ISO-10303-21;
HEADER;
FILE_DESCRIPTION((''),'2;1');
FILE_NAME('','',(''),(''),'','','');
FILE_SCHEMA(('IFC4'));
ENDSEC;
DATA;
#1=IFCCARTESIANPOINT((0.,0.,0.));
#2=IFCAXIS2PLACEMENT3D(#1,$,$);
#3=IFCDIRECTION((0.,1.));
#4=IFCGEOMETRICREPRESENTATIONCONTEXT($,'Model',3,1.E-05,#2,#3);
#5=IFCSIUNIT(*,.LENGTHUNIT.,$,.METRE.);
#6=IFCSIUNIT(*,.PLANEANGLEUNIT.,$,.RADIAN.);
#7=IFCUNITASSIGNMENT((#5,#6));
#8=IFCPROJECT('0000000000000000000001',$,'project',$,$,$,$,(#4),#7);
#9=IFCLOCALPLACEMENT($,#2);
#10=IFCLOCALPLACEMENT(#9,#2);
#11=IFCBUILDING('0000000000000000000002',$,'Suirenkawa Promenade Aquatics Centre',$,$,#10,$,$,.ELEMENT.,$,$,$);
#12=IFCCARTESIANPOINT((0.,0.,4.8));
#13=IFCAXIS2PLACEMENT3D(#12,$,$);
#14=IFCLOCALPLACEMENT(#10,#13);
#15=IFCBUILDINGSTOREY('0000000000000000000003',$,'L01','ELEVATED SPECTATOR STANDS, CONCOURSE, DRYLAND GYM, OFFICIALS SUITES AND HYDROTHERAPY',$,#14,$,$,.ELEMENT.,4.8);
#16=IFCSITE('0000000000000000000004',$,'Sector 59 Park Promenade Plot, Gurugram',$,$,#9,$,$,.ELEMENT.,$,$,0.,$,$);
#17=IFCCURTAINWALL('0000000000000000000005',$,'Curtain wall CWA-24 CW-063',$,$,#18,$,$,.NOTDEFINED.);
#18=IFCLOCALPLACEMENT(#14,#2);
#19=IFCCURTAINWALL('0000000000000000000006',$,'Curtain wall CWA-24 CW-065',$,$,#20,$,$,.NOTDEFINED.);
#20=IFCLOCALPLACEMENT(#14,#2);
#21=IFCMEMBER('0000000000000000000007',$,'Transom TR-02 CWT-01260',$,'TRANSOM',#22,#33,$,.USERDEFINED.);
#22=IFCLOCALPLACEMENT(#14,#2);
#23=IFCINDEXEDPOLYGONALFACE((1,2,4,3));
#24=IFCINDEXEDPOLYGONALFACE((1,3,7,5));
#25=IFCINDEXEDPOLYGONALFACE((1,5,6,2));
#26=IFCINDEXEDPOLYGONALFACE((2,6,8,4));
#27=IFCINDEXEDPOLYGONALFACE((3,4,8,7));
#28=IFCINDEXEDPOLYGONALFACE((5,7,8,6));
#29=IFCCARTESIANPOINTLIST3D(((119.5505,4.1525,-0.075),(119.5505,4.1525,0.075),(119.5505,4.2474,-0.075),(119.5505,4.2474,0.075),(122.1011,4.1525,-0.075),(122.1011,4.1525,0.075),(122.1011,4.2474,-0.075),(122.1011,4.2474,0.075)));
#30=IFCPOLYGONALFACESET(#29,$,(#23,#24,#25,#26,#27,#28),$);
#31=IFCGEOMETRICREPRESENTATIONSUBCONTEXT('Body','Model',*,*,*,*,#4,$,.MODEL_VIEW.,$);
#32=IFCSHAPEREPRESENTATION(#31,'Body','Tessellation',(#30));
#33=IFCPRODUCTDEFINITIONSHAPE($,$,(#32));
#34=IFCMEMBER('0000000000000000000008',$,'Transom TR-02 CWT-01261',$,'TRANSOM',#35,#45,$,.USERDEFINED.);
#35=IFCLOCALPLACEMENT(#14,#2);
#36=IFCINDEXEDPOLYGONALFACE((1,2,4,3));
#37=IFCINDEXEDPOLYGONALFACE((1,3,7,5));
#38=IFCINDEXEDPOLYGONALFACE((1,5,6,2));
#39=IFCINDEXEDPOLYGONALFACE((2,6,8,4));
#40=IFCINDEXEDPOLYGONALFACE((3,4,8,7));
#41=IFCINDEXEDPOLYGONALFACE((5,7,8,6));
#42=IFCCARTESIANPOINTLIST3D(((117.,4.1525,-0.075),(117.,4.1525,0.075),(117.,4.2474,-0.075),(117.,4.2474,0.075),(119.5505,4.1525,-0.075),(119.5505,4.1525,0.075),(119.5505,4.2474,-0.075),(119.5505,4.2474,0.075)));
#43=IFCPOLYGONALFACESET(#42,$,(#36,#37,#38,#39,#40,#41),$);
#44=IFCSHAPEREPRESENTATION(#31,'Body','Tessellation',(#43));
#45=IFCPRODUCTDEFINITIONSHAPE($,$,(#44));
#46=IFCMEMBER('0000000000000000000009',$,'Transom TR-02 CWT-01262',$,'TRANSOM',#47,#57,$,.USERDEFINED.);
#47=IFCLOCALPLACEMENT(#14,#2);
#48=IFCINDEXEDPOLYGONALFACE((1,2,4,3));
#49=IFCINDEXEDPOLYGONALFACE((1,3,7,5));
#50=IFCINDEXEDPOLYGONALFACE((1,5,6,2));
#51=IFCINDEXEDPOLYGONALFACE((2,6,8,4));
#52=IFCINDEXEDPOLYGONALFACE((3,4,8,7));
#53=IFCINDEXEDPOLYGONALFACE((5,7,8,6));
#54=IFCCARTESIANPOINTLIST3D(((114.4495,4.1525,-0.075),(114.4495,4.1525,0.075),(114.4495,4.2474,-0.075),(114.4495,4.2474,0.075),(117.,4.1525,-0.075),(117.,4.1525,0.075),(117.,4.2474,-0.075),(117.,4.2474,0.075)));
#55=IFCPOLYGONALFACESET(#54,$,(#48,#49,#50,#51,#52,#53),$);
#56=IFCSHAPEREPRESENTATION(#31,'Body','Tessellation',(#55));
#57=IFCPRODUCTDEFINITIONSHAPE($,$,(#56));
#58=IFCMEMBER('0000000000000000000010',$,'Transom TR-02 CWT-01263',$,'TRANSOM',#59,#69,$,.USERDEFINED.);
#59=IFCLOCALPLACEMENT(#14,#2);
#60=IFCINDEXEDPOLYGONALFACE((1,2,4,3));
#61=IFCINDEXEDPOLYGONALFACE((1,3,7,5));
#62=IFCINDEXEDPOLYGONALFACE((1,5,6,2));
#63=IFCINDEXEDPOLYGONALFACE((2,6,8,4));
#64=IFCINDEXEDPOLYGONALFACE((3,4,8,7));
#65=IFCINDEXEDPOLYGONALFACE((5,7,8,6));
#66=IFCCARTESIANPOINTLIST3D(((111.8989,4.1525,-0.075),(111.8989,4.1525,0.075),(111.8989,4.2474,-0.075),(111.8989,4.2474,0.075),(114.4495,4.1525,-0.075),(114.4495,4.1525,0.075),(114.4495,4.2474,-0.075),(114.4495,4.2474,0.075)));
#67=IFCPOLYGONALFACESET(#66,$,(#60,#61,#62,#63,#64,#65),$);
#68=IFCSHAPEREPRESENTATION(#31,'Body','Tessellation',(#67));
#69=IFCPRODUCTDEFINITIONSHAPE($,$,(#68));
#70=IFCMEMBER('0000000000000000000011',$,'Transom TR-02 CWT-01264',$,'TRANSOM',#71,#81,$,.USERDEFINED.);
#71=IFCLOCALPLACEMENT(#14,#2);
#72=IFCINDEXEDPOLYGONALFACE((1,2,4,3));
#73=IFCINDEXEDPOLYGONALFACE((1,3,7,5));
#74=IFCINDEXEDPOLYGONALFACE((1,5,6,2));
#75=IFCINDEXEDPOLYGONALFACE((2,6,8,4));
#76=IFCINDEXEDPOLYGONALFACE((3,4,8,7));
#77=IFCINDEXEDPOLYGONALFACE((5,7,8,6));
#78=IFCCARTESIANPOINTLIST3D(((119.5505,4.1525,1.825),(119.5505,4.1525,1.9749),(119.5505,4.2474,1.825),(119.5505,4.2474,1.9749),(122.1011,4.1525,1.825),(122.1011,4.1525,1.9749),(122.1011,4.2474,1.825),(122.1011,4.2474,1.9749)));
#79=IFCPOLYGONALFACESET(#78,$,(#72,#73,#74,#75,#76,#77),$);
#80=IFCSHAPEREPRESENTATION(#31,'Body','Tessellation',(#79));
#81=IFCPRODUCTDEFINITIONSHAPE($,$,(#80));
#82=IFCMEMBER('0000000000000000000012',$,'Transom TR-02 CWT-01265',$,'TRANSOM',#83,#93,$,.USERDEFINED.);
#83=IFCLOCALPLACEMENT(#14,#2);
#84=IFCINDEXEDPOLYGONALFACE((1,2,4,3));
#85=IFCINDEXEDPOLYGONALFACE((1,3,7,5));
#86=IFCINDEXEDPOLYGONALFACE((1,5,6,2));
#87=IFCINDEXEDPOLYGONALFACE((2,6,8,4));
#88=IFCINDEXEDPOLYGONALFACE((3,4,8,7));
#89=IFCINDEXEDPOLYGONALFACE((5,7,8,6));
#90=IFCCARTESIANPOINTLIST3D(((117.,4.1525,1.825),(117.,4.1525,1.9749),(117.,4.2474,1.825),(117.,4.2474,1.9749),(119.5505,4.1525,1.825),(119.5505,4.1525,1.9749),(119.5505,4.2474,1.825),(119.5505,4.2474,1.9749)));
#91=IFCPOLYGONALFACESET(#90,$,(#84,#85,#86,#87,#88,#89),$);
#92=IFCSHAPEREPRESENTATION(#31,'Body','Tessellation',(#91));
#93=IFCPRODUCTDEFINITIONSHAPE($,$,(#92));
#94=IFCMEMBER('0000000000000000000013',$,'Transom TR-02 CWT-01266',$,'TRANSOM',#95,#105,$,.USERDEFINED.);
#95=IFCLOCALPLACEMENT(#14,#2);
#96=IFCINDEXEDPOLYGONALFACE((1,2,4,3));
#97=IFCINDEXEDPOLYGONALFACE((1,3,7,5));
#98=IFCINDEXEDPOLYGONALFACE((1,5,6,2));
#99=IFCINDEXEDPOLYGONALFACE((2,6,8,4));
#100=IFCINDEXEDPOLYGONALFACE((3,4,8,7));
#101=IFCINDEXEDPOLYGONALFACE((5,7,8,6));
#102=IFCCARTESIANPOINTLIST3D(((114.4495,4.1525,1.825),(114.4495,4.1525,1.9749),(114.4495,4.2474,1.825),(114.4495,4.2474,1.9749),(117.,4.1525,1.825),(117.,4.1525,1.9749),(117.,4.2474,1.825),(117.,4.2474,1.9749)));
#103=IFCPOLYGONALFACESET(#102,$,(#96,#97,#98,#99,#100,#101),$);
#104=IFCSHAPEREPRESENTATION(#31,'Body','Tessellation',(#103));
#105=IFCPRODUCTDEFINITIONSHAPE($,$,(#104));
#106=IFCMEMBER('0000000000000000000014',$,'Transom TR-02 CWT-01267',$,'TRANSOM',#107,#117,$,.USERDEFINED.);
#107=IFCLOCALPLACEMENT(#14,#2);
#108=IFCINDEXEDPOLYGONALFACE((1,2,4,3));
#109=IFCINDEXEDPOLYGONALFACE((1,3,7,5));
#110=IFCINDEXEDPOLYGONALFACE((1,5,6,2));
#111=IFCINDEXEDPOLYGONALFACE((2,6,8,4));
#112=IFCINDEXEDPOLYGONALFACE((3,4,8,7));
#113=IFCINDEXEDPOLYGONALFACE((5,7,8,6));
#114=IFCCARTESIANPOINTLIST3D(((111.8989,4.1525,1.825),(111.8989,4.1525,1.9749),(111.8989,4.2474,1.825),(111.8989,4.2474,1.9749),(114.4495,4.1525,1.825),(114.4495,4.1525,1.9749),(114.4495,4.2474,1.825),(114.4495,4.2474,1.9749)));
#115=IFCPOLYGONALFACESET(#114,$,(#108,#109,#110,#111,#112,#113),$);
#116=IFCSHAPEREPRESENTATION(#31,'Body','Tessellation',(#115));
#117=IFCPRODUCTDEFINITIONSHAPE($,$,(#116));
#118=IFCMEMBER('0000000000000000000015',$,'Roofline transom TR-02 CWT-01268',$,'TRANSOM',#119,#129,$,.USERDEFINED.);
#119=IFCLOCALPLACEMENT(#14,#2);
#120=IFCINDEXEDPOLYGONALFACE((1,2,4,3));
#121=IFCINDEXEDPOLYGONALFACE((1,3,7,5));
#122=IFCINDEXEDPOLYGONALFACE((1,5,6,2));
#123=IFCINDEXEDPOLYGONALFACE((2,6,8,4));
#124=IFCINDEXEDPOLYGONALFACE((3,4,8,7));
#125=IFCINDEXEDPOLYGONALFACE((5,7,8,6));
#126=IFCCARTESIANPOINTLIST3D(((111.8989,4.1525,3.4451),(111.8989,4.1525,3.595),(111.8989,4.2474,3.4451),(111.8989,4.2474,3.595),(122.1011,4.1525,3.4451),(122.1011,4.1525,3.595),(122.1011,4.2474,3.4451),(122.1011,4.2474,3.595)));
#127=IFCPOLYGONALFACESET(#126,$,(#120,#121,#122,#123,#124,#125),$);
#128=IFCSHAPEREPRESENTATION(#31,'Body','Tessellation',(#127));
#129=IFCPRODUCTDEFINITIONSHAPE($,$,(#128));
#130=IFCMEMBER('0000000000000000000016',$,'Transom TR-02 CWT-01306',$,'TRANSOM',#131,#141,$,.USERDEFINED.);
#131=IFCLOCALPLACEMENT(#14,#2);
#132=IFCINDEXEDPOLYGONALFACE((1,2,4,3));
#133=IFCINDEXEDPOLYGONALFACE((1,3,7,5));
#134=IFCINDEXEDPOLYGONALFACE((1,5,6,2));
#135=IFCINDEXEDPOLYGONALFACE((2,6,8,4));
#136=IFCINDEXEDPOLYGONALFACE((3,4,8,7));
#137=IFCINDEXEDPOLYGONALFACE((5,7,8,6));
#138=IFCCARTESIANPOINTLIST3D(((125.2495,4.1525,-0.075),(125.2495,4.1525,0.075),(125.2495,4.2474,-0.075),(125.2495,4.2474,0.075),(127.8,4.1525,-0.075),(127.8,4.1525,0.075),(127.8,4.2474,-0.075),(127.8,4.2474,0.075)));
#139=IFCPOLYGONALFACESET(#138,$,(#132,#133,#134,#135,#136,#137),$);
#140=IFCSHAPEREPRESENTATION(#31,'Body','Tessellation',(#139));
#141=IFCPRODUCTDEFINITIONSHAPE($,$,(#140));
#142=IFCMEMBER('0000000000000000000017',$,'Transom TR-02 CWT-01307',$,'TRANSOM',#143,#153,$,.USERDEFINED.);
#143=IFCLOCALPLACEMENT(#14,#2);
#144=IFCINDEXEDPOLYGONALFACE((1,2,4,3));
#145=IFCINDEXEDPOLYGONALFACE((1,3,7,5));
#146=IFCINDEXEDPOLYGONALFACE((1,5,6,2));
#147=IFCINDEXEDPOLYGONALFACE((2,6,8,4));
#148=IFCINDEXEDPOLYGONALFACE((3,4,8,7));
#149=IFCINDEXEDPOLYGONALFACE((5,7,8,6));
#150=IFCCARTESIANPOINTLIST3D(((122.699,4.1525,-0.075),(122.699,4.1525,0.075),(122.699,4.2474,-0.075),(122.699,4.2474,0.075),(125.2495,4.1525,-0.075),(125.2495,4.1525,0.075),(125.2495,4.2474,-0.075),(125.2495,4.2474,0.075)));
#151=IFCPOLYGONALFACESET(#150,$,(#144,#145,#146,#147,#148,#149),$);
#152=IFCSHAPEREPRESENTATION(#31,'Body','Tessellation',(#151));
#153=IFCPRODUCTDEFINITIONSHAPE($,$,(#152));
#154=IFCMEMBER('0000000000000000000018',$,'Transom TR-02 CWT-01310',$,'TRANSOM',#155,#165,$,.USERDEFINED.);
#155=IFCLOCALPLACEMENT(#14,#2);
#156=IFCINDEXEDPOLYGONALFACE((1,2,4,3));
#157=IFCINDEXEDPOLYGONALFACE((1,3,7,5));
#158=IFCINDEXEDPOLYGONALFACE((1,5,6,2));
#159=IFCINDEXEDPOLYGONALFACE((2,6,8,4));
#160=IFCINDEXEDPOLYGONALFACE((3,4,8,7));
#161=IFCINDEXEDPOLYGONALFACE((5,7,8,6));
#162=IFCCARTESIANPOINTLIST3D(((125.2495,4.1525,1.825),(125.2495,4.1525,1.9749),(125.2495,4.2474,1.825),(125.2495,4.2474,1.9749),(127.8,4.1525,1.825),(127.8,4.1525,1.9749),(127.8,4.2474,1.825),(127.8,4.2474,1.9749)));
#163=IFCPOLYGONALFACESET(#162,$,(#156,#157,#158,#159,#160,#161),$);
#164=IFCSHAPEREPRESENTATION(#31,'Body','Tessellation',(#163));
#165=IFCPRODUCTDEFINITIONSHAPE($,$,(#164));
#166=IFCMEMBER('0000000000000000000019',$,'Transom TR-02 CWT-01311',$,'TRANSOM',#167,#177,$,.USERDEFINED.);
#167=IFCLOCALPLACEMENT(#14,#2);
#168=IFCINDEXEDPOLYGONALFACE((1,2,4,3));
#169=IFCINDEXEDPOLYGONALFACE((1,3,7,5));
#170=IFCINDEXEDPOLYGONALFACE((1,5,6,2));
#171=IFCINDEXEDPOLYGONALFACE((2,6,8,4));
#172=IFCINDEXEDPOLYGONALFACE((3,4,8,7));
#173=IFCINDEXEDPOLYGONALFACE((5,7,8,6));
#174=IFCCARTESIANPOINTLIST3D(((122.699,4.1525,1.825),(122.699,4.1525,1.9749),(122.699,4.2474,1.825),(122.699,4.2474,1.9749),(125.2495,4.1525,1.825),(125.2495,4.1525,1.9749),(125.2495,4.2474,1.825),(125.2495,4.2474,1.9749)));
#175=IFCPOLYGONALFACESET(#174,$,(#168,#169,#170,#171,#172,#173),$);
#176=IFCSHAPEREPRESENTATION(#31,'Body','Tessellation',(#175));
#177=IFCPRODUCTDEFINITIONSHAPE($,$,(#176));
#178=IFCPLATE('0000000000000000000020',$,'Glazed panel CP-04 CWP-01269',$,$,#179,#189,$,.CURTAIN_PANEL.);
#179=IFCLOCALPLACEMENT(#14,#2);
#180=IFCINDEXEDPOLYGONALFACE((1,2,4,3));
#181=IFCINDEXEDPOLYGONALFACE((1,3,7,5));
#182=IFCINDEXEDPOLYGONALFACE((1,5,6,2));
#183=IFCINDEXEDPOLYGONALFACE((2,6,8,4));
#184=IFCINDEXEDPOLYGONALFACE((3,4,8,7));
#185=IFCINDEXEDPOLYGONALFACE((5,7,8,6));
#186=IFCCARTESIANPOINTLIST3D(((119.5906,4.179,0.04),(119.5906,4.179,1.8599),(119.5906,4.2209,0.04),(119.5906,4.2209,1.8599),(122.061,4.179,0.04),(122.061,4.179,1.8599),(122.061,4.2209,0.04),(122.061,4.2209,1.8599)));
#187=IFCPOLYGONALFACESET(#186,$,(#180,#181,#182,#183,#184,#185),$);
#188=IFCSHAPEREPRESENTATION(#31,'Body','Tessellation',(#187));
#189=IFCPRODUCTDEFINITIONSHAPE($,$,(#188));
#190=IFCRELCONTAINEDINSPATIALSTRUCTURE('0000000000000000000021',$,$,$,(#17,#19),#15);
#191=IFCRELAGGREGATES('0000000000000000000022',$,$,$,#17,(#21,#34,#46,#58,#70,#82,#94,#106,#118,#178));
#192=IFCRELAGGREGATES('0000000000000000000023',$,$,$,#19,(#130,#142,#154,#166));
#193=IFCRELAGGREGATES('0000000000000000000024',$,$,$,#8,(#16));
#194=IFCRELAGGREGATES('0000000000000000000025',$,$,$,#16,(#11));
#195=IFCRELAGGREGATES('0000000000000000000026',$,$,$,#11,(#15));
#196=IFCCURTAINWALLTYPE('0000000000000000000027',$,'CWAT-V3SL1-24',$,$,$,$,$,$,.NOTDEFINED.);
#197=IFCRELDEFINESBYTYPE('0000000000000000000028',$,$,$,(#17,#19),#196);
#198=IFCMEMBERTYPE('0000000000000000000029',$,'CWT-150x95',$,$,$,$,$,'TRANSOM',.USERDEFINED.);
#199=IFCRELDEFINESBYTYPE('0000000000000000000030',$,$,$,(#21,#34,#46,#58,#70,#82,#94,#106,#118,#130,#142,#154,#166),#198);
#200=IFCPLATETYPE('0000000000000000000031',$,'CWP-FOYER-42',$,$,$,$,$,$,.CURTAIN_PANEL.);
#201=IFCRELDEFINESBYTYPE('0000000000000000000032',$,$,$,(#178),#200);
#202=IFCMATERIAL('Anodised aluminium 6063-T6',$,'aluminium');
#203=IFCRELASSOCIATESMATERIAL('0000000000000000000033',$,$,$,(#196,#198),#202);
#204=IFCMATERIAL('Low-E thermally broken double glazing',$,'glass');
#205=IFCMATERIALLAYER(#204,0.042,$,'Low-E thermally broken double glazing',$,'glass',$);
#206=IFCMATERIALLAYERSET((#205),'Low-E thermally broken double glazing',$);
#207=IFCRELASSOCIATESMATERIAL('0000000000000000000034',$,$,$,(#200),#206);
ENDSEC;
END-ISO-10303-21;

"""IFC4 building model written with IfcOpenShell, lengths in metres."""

from ifc_helpers import new_model, si_unit, direction, frame, origin, origin_2d, place, context, subcontext, project, spatial, polyline, rectangle, outline, extrude, material, layer, layer_set, material_profile, profile_set, type_object, element, aggregate, save


model = new_model("IFC4")

# Units and contexts
model_context = context("Model", 3, precision=1e-05, world=origin(), true_north=direction((0.0, 1.0)))
body_context = subcontext(model_context, "Body", "Model", "MODEL_VIEW")
ifc_project = project(units=[si_unit("LENGTHUNIT", "METRE"), si_unit("PLANEANGLEUNIT", "RADIAN")], contexts=[model_context])

# Site, building, storey
site_placement = place(None, origin())
site = spatial("IfcSite", under=ifc_project, at=site_placement, Name="Sector 59 Park Promenade Plot, Gurugram", CompositionType="ELEMENT", RefElevation=0.0)
building_placement = place(site_placement, origin())
building = spatial("IfcBuilding", under=site, at=building_placement, Name="Suirenkawa Promenade Aquatics Centre", CompositionType="ELEMENT")
storey_placement = place(building_placement, frame((0.0, 0.0, 4.8)))
storey = spatial("IfcBuildingStorey", under=building, at=storey_placement, Name="L01", Description="ELEVATED SPECTATOR STANDS, CONCOURSE, DRYLAND GYM, OFFICIALS SUITES AND HYDROTHERAPY", CompositionType="ELEMENT", Elevation=4.8)

# Curtain walls
ifc_material_1 = material(Name="Anodised aluminium 6063-T6", Category="aluminium")
curtain_wall_type = type_object("IfcCurtainWallType", Name="CWAT-V3SL1-24", PredefinedType="NOTDEFINED", material=ifc_material_1)
curtain_wall_1_placement = place(storey_placement, origin())
curtain_wall_1 = element("IfcCurtainWall", 1, at=curtain_wall_1_placement, inside=storey, type_object=curtain_wall_type, Name="Curtain wall CWA-24 CW-063", PredefinedType="NOTDEFINED")
curtain_wall_2_placement = place(storey_placement, origin())
curtain_wall_2 = element("IfcCurtainWall", 2, at=curtain_wall_2_placement, inside=storey, type_object=curtain_wall_type, Name="Curtain wall CWA-24 CW-065", PredefinedType="NOTDEFINED")

# Members
ifc_material_profile_1 = material_profile(ifc_material_1, rectangle(XDim=0.095, YDim=0.1499, at=origin_2d()), Name="ALU TRAN 95x150", Category="aluminium")
ifc_profile_set_1 = profile_set([ifc_material_profile_1], Name="Anodised aluminium 6063-T6")
member_type_1 = type_object("IfcMemberType", Name="CWT-150x95", ElementType="TRANSOM", PredefinedType="USERDEFINED", material=ifc_profile_set_1)
member_1_placement = place(storey_placement, frame((122.1011, 4.2, 0.0), z_axis=(-1.0, 0.0, 0.0), x_axis=(0.0, -1.0, 0.0)))
member_1 = element("IfcMember", 3, at=member_1_placement, type_object=member_type_1, Name="Transom TR-02 CWT-01260", ObjectType="TRANSOM", PredefinedType="USERDEFINED", context=body_context, shape_type="SweptSolid", body=[
    extrude(rectangle(XDim=0.095, YDim=0.1499, at=origin_2d()), origin(), (0.0, 0.0, 1.0), 2.5505),
])
member_2_placement = place(storey_placement, frame((119.5505, 4.2, 0.0), z_axis=(-1.0, 0.0, 0.0), x_axis=(0.0, -1.0, 0.0)))
member_2 = element("IfcMember", 4, at=member_2_placement, type_object=member_type_1, Name="Transom TR-02 CWT-01261", ObjectType="TRANSOM", PredefinedType="USERDEFINED", context=body_context, shape_type="SweptSolid", body=[
    extrude(rectangle(XDim=0.095, YDim=0.1499, at=origin_2d()), origin(), (0.0, 0.0, 1.0), 2.5505),
])
member_3_placement = place(storey_placement, frame((117.0, 4.2, 0.0), z_axis=(-1.0, 0.0, 0.0), x_axis=(0.0, -1.0, 0.0)))
member_3 = element("IfcMember", 5, at=member_3_placement, type_object=member_type_1, Name="Transom TR-02 CWT-01262", ObjectType="TRANSOM", PredefinedType="USERDEFINED", context=body_context, shape_type="SweptSolid", body=[
    extrude(rectangle(XDim=0.095, YDim=0.1499, at=origin_2d()), origin(), (0.0, 0.0, 1.0), 2.5505),
])
member_4_placement = place(storey_placement, frame((114.4495, 4.2, 0.0), z_axis=(-1.0, 0.0, 0.0), x_axis=(0.0, -1.0, 0.0)))
member_4 = element("IfcMember", 6, at=member_4_placement, type_object=member_type_1, Name="Transom TR-02 CWT-01263", ObjectType="TRANSOM", PredefinedType="USERDEFINED", context=body_context, shape_type="SweptSolid", body=[
    extrude(rectangle(XDim=0.095, YDim=0.1499, at=origin_2d()), origin(), (0.0, 0.0, 1.0), 2.5505),
])
member_5_placement = place(storey_placement, frame((122.1011, 4.2, 1.8999), z_axis=(-1.0, 0.0, 0.0), x_axis=(0.0, -1.0, 0.0)))
member_5 = element("IfcMember", 7, at=member_5_placement, type_object=member_type_1, Name="Transom TR-02 CWT-01264", ObjectType="TRANSOM", PredefinedType="USERDEFINED", context=body_context, shape_type="SweptSolid", body=[
    extrude(rectangle(XDim=0.095, YDim=0.1499, at=origin_2d()), origin(), (0.0, 0.0, 1.0), 2.5505),
])
member_6_placement = place(storey_placement, frame((119.5505, 4.2, 1.8999), z_axis=(-1.0, 0.0, 0.0), x_axis=(0.0, -1.0, 0.0)))
member_6 = element("IfcMember", 8, at=member_6_placement, type_object=member_type_1, Name="Transom TR-02 CWT-01265", ObjectType="TRANSOM", PredefinedType="USERDEFINED", context=body_context, shape_type="SweptSolid", body=[
    extrude(rectangle(XDim=0.095, YDim=0.1499, at=origin_2d()), origin(), (0.0, 0.0, 1.0), 2.5505),
])
member_7_placement = place(storey_placement, frame((117.0, 4.2, 1.8999), z_axis=(-1.0, 0.0, 0.0), x_axis=(0.0, -1.0, 0.0)))
member_7 = element("IfcMember", 9, at=member_7_placement, type_object=member_type_1, Name="Transom TR-02 CWT-01266", ObjectType="TRANSOM", PredefinedType="USERDEFINED", context=body_context, shape_type="SweptSolid", body=[
    extrude(rectangle(XDim=0.095, YDim=0.1499, at=origin_2d()), origin(), (0.0, 0.0, 1.0), 2.5505),
])
member_8_placement = place(storey_placement, frame((114.4495, 4.2, 1.8999), z_axis=(-1.0, 0.0, 0.0), x_axis=(0.0, -1.0, 0.0)))
member_8 = element("IfcMember", 10, at=member_8_placement, type_object=member_type_1, Name="Transom TR-02 CWT-01267", ObjectType="TRANSOM", PredefinedType="USERDEFINED", context=body_context, shape_type="SweptSolid", body=[
    extrude(rectangle(XDim=0.095, YDim=0.1499, at=origin_2d()), origin(), (0.0, 0.0, 1.0), 2.5505),
])
member_9_placement = place(storey_placement, frame((122.1011, 4.2, 3.52), z_axis=(-1.0, 0.0, 0.0), x_axis=(0.0, -1.0, 0.0)))
member_9 = element("IfcMember", 11, at=member_9_placement, type_object=member_type_1, Name="Roofline transom TR-02 CWT-01268", ObjectType="TRANSOM", PredefinedType="USERDEFINED", context=body_context, shape_type="SweptSolid", body=[
    extrude(rectangle(XDim=0.095, YDim=0.1499, at=origin_2d()), origin(), (0.0, 0.0, 1.0), 10.2021),
])
member_10_placement = place(storey_placement, frame((127.8, 4.2, 0.0), z_axis=(-1.0, 0.0, 0.0), x_axis=(0.0, -1.0, 0.0)))
member_10 = element("IfcMember", 12, at=member_10_placement, type_object=member_type_1, Name="Transom TR-02 CWT-01306", ObjectType="TRANSOM", PredefinedType="USERDEFINED", context=body_context, shape_type="SweptSolid", body=[
    extrude(rectangle(XDim=0.095, YDim=0.1499, at=origin_2d()), origin(), (0.0, 0.0, 1.0), 2.5505),
])
member_11_placement = place(storey_placement, frame((125.2495, 4.2, 0.0), z_axis=(-1.0, 0.0, 0.0), x_axis=(0.0, -1.0, 0.0)))
member_11 = element("IfcMember", 13, at=member_11_placement, type_object=member_type_1, Name="Transom TR-02 CWT-01307", ObjectType="TRANSOM", PredefinedType="USERDEFINED", context=body_context, shape_type="SweptSolid", body=[
    extrude(rectangle(XDim=0.095, YDim=0.1499, at=origin_2d()), origin(), (0.0, 0.0, 1.0), 2.5505),
])
member_12_placement = place(storey_placement, frame((127.8, 4.2, 1.8999), z_axis=(-1.0, 0.0, 0.0), x_axis=(0.0, -1.0, 0.0)))
member_12 = element("IfcMember", 14, at=member_12_placement, type_object=member_type_1, Name="Transom TR-02 CWT-01310", ObjectType="TRANSOM", PredefinedType="USERDEFINED", context=body_context, shape_type="SweptSolid", body=[
    extrude(rectangle(XDim=0.095, YDim=0.1499, at=origin_2d()), origin(), (0.0, 0.0, 1.0), 2.5505),
])
member_13_placement = place(storey_placement, frame((125.2495, 4.2, 1.8999), z_axis=(-1.0, 0.0, 0.0), x_axis=(0.0, -1.0, 0.0)))
member_13 = element("IfcMember", 15, at=member_13_placement, type_object=member_type_1, Name="Transom TR-02 CWT-01311", ObjectType="TRANSOM", PredefinedType="USERDEFINED", context=body_context, shape_type="SweptSolid", body=[
    extrude(rectangle(XDim=0.095, YDim=0.1499, at=origin_2d()), origin(), (0.0, 0.0, 1.0), 2.5505),
])

# Plate
ifc_material_2 = material(Name="Low-E thermally broken double glazing", Category="glass")
ifc_layer = layer(ifc_material_2, 0.042, Name="Low-E thermally broken double glazing", Category="glass")
ifc_layer_set = layer_set([ifc_layer], Name="Low-E thermally broken double glazing")
plate_type = type_object("IfcPlateType", Name="CWP-FOYER-42", PredefinedType="CURTAIN_PANEL", material=ifc_layer_set)
plate_1_placement = place(storey_placement, frame((122.1011, 4.2, 0.04), z_axis=(0.0, 0.0, 1.0), x_axis=(-1.0, 0.0, 0.0)))
plate_1 = element("IfcPlate", 16, at=plate_1_placement, type_object=plate_type, Name="Glazed panel CP-04 CWP-01269", PredefinedType="CURTAIN_PANEL", context=body_context, shape_type="SweptSolid", body=[
    extrude(outline(polyline([(0.04, 0.0), (2.5105, 0.0), (2.5105, 1.8198), (0.04, 1.8198), (0.04, 0.0)])), frame((0.0, 0.021, 0.0), z_axis=(0.0, -1.0, 0.0), x_axis=(1.0, 0.0, 0.0)), (0.0, 0.0, 1.0), 0.042),
])
aggregate(curtain_wall_1, [member_1, member_2, member_3, member_4, member_5, member_6, member_7, member_8, member_9, plate_1])
aggregate(curtain_wall_2, [member_10, member_11, member_12, member_13])

save(model, "model.ifc")
